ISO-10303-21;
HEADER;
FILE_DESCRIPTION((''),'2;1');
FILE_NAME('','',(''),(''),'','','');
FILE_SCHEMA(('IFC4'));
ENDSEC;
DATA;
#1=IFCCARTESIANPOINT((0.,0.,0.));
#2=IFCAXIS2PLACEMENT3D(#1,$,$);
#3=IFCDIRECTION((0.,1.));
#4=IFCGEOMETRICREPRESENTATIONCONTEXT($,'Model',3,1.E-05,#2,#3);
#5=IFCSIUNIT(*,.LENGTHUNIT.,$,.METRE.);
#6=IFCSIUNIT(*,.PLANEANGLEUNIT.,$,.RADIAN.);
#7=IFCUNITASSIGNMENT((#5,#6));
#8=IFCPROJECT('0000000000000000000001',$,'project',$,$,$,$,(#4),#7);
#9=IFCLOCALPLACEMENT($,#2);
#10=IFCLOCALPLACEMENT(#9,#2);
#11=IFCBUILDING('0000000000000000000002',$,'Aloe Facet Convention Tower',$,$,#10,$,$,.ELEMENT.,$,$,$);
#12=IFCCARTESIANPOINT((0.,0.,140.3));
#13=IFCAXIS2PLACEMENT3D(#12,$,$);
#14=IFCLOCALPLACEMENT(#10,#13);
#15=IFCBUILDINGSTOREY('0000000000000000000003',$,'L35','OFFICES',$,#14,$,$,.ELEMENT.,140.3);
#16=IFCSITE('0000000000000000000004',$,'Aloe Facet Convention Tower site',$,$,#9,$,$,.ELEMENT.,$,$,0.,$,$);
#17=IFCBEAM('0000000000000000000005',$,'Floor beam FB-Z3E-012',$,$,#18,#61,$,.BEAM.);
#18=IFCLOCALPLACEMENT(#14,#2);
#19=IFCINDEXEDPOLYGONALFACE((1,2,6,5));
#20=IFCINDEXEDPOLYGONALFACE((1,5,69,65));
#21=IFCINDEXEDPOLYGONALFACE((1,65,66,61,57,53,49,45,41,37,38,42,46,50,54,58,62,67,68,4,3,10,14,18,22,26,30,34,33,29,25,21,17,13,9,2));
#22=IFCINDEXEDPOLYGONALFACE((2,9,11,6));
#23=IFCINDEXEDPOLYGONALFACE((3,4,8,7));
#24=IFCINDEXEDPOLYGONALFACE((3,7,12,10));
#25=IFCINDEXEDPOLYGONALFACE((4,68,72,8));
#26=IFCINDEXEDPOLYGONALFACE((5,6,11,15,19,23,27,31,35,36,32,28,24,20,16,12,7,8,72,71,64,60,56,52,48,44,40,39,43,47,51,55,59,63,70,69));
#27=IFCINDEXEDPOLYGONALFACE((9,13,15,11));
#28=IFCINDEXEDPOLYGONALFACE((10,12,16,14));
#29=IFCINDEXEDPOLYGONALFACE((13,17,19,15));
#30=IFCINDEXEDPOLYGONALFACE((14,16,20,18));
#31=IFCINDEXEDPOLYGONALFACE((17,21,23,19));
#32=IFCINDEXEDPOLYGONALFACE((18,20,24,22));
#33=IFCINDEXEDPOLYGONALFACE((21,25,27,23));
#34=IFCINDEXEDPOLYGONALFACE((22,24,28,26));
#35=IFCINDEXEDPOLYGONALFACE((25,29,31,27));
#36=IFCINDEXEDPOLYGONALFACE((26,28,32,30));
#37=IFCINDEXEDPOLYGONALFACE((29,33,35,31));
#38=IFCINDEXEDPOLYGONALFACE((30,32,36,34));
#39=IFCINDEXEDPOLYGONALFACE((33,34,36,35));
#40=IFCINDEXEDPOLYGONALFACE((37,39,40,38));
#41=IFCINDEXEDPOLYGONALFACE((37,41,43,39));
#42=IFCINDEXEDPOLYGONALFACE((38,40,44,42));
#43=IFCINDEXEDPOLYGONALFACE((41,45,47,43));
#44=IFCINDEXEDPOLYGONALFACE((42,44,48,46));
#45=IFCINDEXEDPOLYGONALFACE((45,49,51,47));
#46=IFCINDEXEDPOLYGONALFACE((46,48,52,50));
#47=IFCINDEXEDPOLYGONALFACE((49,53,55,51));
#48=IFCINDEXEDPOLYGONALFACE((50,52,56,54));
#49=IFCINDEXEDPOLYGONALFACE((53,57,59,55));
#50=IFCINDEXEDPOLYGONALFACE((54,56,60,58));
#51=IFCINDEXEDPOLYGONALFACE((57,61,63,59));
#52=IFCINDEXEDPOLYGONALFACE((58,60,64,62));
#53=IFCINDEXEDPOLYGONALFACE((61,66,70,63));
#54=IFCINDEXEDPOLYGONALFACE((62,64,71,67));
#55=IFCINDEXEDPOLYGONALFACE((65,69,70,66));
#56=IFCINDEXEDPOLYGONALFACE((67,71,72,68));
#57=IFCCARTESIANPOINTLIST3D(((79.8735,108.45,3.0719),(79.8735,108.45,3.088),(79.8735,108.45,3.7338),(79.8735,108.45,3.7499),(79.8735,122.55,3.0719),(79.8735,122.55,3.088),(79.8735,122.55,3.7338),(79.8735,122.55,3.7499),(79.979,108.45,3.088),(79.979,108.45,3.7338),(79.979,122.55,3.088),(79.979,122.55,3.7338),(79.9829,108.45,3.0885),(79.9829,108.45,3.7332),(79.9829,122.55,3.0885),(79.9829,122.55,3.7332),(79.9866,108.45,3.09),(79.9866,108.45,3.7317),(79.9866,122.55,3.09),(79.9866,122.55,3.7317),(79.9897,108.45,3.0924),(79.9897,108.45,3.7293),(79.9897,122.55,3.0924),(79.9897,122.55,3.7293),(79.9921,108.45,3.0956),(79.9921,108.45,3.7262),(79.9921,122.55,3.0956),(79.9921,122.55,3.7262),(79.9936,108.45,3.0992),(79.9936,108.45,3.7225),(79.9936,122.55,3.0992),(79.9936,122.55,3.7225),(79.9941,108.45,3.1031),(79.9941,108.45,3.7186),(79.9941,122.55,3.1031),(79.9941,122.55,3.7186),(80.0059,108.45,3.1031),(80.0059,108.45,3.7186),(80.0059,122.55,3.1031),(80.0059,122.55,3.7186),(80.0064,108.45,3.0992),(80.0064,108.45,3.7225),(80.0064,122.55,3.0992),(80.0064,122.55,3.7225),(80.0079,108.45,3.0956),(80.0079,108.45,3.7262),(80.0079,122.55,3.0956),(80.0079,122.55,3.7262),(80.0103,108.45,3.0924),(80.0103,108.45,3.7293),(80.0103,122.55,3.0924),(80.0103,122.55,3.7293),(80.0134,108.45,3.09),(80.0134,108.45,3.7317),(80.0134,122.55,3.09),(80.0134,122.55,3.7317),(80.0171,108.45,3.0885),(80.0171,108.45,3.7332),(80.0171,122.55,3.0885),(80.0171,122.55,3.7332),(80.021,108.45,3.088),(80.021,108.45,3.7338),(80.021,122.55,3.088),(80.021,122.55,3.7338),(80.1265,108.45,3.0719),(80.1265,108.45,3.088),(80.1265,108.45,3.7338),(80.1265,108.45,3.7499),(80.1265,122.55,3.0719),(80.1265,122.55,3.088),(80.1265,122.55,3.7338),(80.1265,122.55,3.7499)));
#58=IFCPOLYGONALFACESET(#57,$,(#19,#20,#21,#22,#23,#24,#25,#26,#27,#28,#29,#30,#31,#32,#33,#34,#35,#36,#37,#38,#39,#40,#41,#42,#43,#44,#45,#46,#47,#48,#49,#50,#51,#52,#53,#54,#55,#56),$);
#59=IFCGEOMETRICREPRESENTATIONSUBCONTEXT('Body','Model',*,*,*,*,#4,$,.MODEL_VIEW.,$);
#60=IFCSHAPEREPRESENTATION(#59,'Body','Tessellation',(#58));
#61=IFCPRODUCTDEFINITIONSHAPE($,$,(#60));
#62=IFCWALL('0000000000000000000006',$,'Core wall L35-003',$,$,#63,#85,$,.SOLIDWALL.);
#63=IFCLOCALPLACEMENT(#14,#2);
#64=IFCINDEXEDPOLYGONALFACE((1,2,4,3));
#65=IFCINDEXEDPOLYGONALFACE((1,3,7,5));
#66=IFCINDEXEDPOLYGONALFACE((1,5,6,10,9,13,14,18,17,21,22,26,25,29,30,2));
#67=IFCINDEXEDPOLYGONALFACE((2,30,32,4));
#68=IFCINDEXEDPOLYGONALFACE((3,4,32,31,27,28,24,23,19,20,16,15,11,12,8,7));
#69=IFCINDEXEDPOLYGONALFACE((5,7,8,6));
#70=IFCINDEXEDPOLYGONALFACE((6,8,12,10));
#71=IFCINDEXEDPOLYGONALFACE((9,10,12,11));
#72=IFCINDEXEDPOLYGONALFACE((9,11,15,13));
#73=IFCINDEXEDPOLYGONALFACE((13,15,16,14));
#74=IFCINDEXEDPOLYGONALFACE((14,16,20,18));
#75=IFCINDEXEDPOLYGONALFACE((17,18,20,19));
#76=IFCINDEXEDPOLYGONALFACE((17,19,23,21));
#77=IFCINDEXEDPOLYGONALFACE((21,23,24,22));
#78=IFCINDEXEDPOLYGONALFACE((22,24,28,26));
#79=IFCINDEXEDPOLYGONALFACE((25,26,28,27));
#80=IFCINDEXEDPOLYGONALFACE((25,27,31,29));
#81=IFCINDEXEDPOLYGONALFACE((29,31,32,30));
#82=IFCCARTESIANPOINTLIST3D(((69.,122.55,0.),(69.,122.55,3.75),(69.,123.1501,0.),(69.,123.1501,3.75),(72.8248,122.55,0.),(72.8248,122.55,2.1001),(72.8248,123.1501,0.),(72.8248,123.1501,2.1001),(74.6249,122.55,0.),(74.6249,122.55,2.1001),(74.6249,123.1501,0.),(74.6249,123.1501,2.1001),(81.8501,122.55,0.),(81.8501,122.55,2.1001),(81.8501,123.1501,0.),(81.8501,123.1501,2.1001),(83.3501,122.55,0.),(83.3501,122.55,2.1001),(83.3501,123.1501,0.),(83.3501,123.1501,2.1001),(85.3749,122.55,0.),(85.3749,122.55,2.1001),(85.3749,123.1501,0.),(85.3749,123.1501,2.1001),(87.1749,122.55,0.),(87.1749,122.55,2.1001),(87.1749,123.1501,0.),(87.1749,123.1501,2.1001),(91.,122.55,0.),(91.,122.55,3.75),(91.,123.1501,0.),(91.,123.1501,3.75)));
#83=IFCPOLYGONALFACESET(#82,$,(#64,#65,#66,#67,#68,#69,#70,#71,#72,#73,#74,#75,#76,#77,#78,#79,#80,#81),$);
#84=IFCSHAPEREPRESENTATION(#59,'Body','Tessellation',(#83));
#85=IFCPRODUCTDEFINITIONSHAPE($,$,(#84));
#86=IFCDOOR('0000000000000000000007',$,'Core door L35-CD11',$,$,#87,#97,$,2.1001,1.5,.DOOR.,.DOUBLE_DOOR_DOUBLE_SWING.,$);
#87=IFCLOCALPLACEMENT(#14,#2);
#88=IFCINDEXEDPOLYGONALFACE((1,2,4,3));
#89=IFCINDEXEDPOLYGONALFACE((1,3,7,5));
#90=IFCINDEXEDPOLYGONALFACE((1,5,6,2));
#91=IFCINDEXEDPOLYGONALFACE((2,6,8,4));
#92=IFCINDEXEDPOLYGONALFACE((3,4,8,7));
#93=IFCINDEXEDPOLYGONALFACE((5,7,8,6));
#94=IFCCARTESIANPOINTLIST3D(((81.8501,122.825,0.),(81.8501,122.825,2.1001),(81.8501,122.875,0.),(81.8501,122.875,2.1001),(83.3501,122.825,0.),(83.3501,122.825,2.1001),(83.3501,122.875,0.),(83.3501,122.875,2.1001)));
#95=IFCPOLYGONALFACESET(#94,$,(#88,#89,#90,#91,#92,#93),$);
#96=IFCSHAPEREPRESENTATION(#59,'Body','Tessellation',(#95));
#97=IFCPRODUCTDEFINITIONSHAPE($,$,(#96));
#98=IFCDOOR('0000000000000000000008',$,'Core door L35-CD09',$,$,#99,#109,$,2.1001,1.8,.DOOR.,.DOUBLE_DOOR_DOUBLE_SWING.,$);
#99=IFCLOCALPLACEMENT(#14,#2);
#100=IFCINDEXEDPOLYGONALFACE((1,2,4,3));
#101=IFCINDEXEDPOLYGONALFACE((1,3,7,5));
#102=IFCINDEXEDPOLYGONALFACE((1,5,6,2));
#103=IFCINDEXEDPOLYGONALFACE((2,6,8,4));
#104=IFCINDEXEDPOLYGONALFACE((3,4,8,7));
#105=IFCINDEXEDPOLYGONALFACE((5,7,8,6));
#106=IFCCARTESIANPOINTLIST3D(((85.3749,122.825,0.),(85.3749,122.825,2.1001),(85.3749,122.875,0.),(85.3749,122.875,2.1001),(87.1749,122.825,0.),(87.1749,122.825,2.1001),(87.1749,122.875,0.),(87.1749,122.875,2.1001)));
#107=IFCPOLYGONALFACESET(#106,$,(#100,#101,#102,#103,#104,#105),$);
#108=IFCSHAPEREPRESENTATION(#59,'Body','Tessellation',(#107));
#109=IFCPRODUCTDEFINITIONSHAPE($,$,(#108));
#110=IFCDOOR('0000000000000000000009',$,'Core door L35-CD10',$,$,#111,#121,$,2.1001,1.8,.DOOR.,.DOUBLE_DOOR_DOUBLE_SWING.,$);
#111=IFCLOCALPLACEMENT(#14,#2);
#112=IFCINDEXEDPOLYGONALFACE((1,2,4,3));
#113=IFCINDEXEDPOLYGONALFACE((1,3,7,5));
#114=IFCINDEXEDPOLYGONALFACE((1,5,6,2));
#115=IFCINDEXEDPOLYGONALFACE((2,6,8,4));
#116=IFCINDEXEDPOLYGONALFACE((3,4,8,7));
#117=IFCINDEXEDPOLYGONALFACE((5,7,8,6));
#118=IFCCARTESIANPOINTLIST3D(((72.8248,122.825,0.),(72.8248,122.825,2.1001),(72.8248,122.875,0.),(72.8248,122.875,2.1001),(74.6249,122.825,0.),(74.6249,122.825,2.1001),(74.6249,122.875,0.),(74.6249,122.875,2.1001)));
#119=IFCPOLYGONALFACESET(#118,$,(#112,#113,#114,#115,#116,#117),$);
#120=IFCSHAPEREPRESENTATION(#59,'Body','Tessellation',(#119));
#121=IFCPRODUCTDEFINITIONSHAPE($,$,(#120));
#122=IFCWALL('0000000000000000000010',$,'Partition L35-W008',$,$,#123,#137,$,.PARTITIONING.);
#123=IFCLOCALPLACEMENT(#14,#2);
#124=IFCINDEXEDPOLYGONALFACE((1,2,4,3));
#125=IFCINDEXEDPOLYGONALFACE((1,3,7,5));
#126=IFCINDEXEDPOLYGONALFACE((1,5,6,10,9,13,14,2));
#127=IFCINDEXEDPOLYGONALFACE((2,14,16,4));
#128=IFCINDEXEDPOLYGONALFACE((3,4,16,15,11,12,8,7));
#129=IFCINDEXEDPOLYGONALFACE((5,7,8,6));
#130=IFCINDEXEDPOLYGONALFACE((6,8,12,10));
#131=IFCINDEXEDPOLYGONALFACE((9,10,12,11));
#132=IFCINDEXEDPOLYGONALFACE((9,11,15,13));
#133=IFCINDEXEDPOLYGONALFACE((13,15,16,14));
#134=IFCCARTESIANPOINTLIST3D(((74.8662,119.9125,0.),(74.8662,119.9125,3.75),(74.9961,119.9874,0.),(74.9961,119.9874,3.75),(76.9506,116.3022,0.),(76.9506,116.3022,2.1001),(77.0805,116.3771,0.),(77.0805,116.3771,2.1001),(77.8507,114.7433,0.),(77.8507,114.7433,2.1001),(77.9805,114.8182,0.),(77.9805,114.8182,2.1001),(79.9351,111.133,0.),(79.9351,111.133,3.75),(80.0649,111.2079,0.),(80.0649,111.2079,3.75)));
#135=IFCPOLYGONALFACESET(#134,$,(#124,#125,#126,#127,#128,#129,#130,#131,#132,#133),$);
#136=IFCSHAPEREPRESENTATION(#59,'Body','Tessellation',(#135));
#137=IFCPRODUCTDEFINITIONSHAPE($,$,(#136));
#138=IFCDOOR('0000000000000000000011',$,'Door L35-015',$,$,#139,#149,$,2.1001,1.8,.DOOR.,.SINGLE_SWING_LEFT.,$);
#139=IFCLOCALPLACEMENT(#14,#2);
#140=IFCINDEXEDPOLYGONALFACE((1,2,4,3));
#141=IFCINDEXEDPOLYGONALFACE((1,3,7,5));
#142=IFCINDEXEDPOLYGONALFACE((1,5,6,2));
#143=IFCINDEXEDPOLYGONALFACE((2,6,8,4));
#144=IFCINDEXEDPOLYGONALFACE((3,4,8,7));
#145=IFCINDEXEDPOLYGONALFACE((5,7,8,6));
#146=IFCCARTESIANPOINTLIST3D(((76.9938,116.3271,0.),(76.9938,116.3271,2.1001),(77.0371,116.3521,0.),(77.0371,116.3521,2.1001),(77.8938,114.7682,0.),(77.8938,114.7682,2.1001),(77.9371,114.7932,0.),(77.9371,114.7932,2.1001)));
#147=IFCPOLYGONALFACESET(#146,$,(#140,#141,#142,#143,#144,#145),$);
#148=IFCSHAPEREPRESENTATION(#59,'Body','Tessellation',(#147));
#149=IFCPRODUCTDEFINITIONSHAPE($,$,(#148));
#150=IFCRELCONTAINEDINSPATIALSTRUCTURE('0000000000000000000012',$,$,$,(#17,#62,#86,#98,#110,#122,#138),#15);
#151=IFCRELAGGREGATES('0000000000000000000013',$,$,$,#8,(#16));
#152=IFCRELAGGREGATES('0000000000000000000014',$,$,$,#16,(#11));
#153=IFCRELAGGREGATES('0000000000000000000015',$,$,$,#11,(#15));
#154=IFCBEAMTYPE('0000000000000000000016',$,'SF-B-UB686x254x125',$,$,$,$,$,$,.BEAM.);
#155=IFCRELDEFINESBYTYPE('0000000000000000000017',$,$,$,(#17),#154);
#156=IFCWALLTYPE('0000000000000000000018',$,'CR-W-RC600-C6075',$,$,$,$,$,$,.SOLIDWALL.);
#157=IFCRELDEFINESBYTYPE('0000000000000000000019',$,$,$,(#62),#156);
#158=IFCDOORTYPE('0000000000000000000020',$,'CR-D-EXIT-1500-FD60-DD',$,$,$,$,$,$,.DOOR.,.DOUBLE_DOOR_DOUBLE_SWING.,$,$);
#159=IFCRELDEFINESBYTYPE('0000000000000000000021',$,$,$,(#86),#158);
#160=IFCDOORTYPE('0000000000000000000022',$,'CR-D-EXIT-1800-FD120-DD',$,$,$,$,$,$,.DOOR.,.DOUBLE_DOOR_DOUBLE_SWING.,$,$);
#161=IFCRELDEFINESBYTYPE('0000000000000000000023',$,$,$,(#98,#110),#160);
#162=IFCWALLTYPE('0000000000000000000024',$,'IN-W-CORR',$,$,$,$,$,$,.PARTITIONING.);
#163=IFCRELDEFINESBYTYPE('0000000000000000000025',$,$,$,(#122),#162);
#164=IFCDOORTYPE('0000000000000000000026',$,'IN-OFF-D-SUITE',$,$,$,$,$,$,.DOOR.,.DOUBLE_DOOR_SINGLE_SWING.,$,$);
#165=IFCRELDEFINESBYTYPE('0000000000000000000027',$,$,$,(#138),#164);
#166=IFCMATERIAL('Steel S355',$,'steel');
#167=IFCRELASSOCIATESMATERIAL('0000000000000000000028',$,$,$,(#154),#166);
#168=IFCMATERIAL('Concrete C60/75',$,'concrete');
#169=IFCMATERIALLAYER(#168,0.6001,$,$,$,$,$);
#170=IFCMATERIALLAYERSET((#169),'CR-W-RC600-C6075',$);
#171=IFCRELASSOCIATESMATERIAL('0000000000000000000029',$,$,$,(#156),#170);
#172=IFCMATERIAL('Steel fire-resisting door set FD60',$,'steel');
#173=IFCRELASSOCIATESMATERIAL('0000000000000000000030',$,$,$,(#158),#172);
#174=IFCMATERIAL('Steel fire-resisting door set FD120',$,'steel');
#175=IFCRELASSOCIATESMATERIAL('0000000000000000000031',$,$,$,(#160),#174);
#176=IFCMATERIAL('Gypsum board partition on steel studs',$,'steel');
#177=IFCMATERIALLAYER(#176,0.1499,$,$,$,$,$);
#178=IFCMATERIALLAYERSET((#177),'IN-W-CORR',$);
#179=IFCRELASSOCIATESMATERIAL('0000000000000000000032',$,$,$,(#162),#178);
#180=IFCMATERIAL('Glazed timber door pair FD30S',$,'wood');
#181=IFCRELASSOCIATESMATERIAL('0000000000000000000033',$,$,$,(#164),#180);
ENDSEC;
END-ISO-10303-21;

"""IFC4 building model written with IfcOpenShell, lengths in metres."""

from ifc_helpers import new_model, si_unit, direction, frame, frame_2d, origin, origin_2d, place, context, subcontext, project, spatial, rectangle, i_section, extrude, material, layer, layer_set, material_profile, profile_set, type_object, element, fill, save


model = new_model("IFC4")

# Units and contexts
model_context = context("Model", 3, precision=1e-05, world=origin(), true_north=direction((0.0, 1.0)))
body_context = subcontext(model_context, "Body", "Model", "MODEL_VIEW")
ifc_project = project(units=[si_unit("LENGTHUNIT", "METRE"), si_unit("PLANEANGLEUNIT", "RADIAN")], contexts=[model_context])

# Site, building, storey
site_placement = place(None, origin())
site = spatial("IfcSite", under=ifc_project, at=site_placement, Name="Aloe Facet Convention Tower site", CompositionType="ELEMENT", RefElevation=0.0)
building_placement = place(site_placement, origin())
building = spatial("IfcBuilding", under=site, at=building_placement, Name="Aloe Facet Convention Tower", CompositionType="ELEMENT")
storey_placement = place(building_placement, frame((0.0, 0.0, 140.3)))
storey = spatial("IfcBuildingStorey", under=building, at=storey_placement, Name="L35", Description="OFFICES", CompositionType="ELEMENT", Elevation=140.3)

# Beam
ifc_material_1 = material(Name="Steel S355", Category="steel")
ifc_material_profile_1 = material_profile(ifc_material_1, i_section(OverallWidth=0.2529, OverallDepth=0.678, WebThickness=0.0117, FlangeThickness=0.0161, FilletRadius=0.0151, at=origin_2d()), Name="UB 686x254x125")
ifc_profile_set_1 = profile_set([ifc_material_profile_1], Name="Steel S355")
beam_type_1 = type_object("IfcBeamType", Name="SF-B-UB686x254x125", PredefinedType="BEAM", material=ifc_profile_set_1)
beam_1_placement = place(storey_placement, frame((80.0, 122.55, 3.4109), z_axis=(0.0, -1.0, 0.0), x_axis=(1.0, 0.0, 0.0)))
element("IfcBeam", 1, at=beam_1_placement, inside=storey, type_object=beam_type_1, Name="Floor beam FB-Z3E-012", PredefinedType="BEAM", context=body_context, shape_type="SweptSolid", body=[
    extrude(i_section(OverallWidth=0.2529, OverallDepth=0.678, WebThickness=0.0117, FlangeThickness=0.0161, FilletRadius=0.0151, at=origin_2d()), origin(), (0.0, 0.0, 1.0), 14.1001),
])

# Wall, openings, doors
ifc_material_2 = material(Name="Concrete C60/75", Category="concrete")
ifc_layer_1 = layer(ifc_material_2, 0.6001)
ifc_layer_set_1 = layer_set([ifc_layer_1], Name="CR-W-RC600-C6075")
wall_type_1 = type_object("IfcWallType", Name="CR-W-RC600-C6075", PredefinedType="SOLIDWALL", material=ifc_layer_set_1)
wall_1_placement = place(storey_placement, frame((69.0, 122.8501, 0.0), z_axis=(0.0, 0.0, 1.0), x_axis=(1.0, 0.0, 0.0)))
wall_1 = element("IfcWall", 2, at=wall_1_placement, inside=storey, type_object=wall_type_1, Name="Core wall L35-003", PredefinedType="SOLIDWALL", context=body_context, shape_type="SweptSolid", body=[
    extrude(rectangle(XDim=22.0, YDim=0.6001, at=frame_2d((11.0, 0.0))), origin(), (0.0, 0.0, 1.0), 3.75),
])
opening_1_placement = place(wall_1_placement, frame((16.375, 0.0, 0.0)))
opening_1 = element("IfcOpeningElement", 3, at=opening_1_placement, cuts=wall_1, PredefinedType="OPENING", context=body_context, shape_type="SweptSolid", body=[
    extrude(rectangle(XDim=1.8, YDim=2.1001, at=frame_2d((0.8999, 1.05))), frame((0.0, 0.3101, 0.0), z_axis=(0.0, -1.0, 0.0), x_axis=(1.0, 0.0, 0.0)), (0.0, 0.0, 1.0), 0.6201),
])
opening_2_placement = place(wall_1_placement, frame((3.825, 0.0, 0.0)))
opening_2 = element("IfcOpeningElement", 4, at=opening_2_placement, cuts=wall_1, PredefinedType="OPENING", context=body_context, shape_type="SweptSolid", body=[
    extrude(rectangle(XDim=1.8, YDim=2.1001, at=frame_2d((0.8999, 1.05))), frame((0.0, 0.3101, 0.0), z_axis=(0.0, -1.0, 0.0), x_axis=(1.0, 0.0, 0.0)), (0.0, 0.0, 1.0), 0.6201),
])
opening_3_placement = place(wall_1_placement, frame((12.8501, 0.0, 0.0)))
opening_3 = element("IfcOpeningElement", 5, at=opening_3_placement, cuts=wall_1, PredefinedType="OPENING", context=body_context, shape_type="SweptSolid", body=[
    extrude(rectangle(XDim=1.5, YDim=2.1001, at=frame_2d((0.75, 1.05))), frame((0.0, 0.3101, 0.0), z_axis=(0.0, -1.0, 0.0), x_axis=(1.0, 0.0, 0.0)), (0.0, 0.0, 1.0), 0.6201),
])
ifc_material_3 = material(Name="Steel fire-resisting door set FD60", Category="steel")
door_type_1 = type_object("IfcDoorType", Name="CR-D-EXIT-1500-FD60-DD", OperationType="DOUBLE_DOOR_DOUBLE_SWING", PredefinedType="DOOR", material=ifc_material_3)
door_1_placement = place(opening_3_placement, origin())
door_1 = element("IfcDoor", 6, at=door_1_placement, inside=storey, type_object=door_type_1, Name="Core door L35-CD11", OperationType="DOUBLE_DOOR_DOUBLE_SWING", OverallHeight=2.1001, OverallWidth=1.5, PredefinedType="DOOR", context=body_context, shape_type="SweptSolid", body=[
    extrude(rectangle(XDim=1.5, YDim=2.1001, at=frame_2d((0.75, 1.05))), frame((0.0, 0.0249, 0.0), z_axis=(0.0, -1.0, 0.0), x_axis=(1.0, 0.0, 0.0)), (0.0, 0.0, 1.0), 0.05),
])
fill(opening_3, door_1)
ifc_material_4 = material(Name="Steel fire-resisting door set FD120", Category="steel")
door_type_2 = type_object("IfcDoorType", Name="CR-D-EXIT-1800-FD120-DD", OperationType="DOUBLE_DOOR_DOUBLE_SWING", PredefinedType="DOOR", material=ifc_material_4)
door_2_placement = place(opening_1_placement, origin())
door_2 = element("IfcDoor", 7, at=door_2_placement, inside=storey, type_object=door_type_2, Name="Core door L35-CD09", OperationType="DOUBLE_DOOR_DOUBLE_SWING", OverallHeight=2.1001, OverallWidth=1.8, PredefinedType="DOOR", context=body_context, shape_type="SweptSolid", body=[
    extrude(rectangle(XDim=1.8, YDim=2.1001, at=frame_2d((0.8999, 1.05))), frame((0.0, 0.0249, 0.0), z_axis=(0.0, -1.0, 0.0), x_axis=(1.0, 0.0, 0.0)), (0.0, 0.0, 1.0), 0.05),
])
fill(opening_1, door_2)
door_3_placement = place(opening_2_placement, origin())
door_3 = element("IfcDoor", 8, at=door_3_placement, inside=storey, type_object=door_type_2, Name="Core door L35-CD10", OperationType="DOUBLE_DOOR_DOUBLE_SWING", OverallHeight=2.1001, OverallWidth=1.8, PredefinedType="DOOR", context=body_context, shape_type="SweptSolid", body=[
    extrude(rectangle(XDim=1.8, YDim=2.1001, at=frame_2d((0.8999, 1.05))), frame((0.0, 0.0249, 0.0), z_axis=(0.0, -1.0, 0.0), x_axis=(1.0, 0.0, 0.0)), (0.0, 0.0, 1.0), 0.05),
])
fill(opening_2, door_3)

# Wall, opening, door
ifc_material_5 = material(Name="Gypsum board partition on steel studs", Category="steel")
ifc_layer_2 = layer(ifc_material_5, 0.1499)
ifc_layer_set_2 = layer_set([ifc_layer_2], Name="IN-W-CORR")
wall_type_2 = type_object("IfcWallType", Name="IN-W-CORR", PredefinedType="PARTITIONING", material=ifc_layer_set_2)
wall_2_placement = place(storey_placement, frame((74.9312, 119.95, 0.0), z_axis=(0.0, 0.0, 1.0), x_axis=(0.499998, -0.866026, 0.0)))
wall_2 = element("IfcWall", 9, at=wall_2_placement, inside=storey, type_object=wall_type_2, Name="Partition L35-W008", PredefinedType="PARTITIONING", context=body_context, shape_type="SweptSolid", body=[
    extrude(rectangle(XDim=10.1377, YDim=0.1499, at=frame_2d((5.0688, 0.0))), origin(), (0.0, 0.0, 1.0), 3.75),
])
opening_4_placement = place(wall_2_placement, frame((4.1689, 0.0, 0.0)))
opening_4 = element("IfcOpeningElement", 10, at=opening_4_placement, cuts=wall_2, PredefinedType="OPENING", context=body_context, shape_type="SweptSolid", body=[
    extrude(rectangle(XDim=1.8, YDim=2.1001, at=frame_2d((0.8999, 1.05))), frame((0.0, 0.085, 0.0), z_axis=(0.0, -1.0, 0.0), x_axis=(1.0, 0.0, 0.0)), (0.0, 0.0, 1.0), 0.1699),
])
ifc_material_6 = material(Name="Glazed timber door pair FD30S", Category="wood")
door_type_3 = type_object("IfcDoorType", Name="IN-OFF-D-SUITE", OperationType="DOUBLE_DOOR_SINGLE_SWING", PredefinedType="DOOR", material=ifc_material_6)
door_4_placement = place(opening_4_placement, origin())
door_4 = element("IfcDoor", 11, at=door_4_placement, inside=storey, type_object=door_type_3, Name="Door L35-015", OperationType="SINGLE_SWING_LEFT", OverallHeight=2.1001, OverallWidth=1.8, PredefinedType="DOOR", context=body_context, shape_type="SweptSolid", body=[
    extrude(rectangle(XDim=1.8, YDim=2.1001, at=frame_2d((0.8999, 1.05))), frame((0.0, 0.0249, 0.0), z_axis=(0.0, -1.0, 0.0), x_axis=(1.0, 0.0, 0.0)), (0.0, 0.0, 1.0), 0.05),
])
fill(opening_4, door_4)

save(model, "model.ifc")
